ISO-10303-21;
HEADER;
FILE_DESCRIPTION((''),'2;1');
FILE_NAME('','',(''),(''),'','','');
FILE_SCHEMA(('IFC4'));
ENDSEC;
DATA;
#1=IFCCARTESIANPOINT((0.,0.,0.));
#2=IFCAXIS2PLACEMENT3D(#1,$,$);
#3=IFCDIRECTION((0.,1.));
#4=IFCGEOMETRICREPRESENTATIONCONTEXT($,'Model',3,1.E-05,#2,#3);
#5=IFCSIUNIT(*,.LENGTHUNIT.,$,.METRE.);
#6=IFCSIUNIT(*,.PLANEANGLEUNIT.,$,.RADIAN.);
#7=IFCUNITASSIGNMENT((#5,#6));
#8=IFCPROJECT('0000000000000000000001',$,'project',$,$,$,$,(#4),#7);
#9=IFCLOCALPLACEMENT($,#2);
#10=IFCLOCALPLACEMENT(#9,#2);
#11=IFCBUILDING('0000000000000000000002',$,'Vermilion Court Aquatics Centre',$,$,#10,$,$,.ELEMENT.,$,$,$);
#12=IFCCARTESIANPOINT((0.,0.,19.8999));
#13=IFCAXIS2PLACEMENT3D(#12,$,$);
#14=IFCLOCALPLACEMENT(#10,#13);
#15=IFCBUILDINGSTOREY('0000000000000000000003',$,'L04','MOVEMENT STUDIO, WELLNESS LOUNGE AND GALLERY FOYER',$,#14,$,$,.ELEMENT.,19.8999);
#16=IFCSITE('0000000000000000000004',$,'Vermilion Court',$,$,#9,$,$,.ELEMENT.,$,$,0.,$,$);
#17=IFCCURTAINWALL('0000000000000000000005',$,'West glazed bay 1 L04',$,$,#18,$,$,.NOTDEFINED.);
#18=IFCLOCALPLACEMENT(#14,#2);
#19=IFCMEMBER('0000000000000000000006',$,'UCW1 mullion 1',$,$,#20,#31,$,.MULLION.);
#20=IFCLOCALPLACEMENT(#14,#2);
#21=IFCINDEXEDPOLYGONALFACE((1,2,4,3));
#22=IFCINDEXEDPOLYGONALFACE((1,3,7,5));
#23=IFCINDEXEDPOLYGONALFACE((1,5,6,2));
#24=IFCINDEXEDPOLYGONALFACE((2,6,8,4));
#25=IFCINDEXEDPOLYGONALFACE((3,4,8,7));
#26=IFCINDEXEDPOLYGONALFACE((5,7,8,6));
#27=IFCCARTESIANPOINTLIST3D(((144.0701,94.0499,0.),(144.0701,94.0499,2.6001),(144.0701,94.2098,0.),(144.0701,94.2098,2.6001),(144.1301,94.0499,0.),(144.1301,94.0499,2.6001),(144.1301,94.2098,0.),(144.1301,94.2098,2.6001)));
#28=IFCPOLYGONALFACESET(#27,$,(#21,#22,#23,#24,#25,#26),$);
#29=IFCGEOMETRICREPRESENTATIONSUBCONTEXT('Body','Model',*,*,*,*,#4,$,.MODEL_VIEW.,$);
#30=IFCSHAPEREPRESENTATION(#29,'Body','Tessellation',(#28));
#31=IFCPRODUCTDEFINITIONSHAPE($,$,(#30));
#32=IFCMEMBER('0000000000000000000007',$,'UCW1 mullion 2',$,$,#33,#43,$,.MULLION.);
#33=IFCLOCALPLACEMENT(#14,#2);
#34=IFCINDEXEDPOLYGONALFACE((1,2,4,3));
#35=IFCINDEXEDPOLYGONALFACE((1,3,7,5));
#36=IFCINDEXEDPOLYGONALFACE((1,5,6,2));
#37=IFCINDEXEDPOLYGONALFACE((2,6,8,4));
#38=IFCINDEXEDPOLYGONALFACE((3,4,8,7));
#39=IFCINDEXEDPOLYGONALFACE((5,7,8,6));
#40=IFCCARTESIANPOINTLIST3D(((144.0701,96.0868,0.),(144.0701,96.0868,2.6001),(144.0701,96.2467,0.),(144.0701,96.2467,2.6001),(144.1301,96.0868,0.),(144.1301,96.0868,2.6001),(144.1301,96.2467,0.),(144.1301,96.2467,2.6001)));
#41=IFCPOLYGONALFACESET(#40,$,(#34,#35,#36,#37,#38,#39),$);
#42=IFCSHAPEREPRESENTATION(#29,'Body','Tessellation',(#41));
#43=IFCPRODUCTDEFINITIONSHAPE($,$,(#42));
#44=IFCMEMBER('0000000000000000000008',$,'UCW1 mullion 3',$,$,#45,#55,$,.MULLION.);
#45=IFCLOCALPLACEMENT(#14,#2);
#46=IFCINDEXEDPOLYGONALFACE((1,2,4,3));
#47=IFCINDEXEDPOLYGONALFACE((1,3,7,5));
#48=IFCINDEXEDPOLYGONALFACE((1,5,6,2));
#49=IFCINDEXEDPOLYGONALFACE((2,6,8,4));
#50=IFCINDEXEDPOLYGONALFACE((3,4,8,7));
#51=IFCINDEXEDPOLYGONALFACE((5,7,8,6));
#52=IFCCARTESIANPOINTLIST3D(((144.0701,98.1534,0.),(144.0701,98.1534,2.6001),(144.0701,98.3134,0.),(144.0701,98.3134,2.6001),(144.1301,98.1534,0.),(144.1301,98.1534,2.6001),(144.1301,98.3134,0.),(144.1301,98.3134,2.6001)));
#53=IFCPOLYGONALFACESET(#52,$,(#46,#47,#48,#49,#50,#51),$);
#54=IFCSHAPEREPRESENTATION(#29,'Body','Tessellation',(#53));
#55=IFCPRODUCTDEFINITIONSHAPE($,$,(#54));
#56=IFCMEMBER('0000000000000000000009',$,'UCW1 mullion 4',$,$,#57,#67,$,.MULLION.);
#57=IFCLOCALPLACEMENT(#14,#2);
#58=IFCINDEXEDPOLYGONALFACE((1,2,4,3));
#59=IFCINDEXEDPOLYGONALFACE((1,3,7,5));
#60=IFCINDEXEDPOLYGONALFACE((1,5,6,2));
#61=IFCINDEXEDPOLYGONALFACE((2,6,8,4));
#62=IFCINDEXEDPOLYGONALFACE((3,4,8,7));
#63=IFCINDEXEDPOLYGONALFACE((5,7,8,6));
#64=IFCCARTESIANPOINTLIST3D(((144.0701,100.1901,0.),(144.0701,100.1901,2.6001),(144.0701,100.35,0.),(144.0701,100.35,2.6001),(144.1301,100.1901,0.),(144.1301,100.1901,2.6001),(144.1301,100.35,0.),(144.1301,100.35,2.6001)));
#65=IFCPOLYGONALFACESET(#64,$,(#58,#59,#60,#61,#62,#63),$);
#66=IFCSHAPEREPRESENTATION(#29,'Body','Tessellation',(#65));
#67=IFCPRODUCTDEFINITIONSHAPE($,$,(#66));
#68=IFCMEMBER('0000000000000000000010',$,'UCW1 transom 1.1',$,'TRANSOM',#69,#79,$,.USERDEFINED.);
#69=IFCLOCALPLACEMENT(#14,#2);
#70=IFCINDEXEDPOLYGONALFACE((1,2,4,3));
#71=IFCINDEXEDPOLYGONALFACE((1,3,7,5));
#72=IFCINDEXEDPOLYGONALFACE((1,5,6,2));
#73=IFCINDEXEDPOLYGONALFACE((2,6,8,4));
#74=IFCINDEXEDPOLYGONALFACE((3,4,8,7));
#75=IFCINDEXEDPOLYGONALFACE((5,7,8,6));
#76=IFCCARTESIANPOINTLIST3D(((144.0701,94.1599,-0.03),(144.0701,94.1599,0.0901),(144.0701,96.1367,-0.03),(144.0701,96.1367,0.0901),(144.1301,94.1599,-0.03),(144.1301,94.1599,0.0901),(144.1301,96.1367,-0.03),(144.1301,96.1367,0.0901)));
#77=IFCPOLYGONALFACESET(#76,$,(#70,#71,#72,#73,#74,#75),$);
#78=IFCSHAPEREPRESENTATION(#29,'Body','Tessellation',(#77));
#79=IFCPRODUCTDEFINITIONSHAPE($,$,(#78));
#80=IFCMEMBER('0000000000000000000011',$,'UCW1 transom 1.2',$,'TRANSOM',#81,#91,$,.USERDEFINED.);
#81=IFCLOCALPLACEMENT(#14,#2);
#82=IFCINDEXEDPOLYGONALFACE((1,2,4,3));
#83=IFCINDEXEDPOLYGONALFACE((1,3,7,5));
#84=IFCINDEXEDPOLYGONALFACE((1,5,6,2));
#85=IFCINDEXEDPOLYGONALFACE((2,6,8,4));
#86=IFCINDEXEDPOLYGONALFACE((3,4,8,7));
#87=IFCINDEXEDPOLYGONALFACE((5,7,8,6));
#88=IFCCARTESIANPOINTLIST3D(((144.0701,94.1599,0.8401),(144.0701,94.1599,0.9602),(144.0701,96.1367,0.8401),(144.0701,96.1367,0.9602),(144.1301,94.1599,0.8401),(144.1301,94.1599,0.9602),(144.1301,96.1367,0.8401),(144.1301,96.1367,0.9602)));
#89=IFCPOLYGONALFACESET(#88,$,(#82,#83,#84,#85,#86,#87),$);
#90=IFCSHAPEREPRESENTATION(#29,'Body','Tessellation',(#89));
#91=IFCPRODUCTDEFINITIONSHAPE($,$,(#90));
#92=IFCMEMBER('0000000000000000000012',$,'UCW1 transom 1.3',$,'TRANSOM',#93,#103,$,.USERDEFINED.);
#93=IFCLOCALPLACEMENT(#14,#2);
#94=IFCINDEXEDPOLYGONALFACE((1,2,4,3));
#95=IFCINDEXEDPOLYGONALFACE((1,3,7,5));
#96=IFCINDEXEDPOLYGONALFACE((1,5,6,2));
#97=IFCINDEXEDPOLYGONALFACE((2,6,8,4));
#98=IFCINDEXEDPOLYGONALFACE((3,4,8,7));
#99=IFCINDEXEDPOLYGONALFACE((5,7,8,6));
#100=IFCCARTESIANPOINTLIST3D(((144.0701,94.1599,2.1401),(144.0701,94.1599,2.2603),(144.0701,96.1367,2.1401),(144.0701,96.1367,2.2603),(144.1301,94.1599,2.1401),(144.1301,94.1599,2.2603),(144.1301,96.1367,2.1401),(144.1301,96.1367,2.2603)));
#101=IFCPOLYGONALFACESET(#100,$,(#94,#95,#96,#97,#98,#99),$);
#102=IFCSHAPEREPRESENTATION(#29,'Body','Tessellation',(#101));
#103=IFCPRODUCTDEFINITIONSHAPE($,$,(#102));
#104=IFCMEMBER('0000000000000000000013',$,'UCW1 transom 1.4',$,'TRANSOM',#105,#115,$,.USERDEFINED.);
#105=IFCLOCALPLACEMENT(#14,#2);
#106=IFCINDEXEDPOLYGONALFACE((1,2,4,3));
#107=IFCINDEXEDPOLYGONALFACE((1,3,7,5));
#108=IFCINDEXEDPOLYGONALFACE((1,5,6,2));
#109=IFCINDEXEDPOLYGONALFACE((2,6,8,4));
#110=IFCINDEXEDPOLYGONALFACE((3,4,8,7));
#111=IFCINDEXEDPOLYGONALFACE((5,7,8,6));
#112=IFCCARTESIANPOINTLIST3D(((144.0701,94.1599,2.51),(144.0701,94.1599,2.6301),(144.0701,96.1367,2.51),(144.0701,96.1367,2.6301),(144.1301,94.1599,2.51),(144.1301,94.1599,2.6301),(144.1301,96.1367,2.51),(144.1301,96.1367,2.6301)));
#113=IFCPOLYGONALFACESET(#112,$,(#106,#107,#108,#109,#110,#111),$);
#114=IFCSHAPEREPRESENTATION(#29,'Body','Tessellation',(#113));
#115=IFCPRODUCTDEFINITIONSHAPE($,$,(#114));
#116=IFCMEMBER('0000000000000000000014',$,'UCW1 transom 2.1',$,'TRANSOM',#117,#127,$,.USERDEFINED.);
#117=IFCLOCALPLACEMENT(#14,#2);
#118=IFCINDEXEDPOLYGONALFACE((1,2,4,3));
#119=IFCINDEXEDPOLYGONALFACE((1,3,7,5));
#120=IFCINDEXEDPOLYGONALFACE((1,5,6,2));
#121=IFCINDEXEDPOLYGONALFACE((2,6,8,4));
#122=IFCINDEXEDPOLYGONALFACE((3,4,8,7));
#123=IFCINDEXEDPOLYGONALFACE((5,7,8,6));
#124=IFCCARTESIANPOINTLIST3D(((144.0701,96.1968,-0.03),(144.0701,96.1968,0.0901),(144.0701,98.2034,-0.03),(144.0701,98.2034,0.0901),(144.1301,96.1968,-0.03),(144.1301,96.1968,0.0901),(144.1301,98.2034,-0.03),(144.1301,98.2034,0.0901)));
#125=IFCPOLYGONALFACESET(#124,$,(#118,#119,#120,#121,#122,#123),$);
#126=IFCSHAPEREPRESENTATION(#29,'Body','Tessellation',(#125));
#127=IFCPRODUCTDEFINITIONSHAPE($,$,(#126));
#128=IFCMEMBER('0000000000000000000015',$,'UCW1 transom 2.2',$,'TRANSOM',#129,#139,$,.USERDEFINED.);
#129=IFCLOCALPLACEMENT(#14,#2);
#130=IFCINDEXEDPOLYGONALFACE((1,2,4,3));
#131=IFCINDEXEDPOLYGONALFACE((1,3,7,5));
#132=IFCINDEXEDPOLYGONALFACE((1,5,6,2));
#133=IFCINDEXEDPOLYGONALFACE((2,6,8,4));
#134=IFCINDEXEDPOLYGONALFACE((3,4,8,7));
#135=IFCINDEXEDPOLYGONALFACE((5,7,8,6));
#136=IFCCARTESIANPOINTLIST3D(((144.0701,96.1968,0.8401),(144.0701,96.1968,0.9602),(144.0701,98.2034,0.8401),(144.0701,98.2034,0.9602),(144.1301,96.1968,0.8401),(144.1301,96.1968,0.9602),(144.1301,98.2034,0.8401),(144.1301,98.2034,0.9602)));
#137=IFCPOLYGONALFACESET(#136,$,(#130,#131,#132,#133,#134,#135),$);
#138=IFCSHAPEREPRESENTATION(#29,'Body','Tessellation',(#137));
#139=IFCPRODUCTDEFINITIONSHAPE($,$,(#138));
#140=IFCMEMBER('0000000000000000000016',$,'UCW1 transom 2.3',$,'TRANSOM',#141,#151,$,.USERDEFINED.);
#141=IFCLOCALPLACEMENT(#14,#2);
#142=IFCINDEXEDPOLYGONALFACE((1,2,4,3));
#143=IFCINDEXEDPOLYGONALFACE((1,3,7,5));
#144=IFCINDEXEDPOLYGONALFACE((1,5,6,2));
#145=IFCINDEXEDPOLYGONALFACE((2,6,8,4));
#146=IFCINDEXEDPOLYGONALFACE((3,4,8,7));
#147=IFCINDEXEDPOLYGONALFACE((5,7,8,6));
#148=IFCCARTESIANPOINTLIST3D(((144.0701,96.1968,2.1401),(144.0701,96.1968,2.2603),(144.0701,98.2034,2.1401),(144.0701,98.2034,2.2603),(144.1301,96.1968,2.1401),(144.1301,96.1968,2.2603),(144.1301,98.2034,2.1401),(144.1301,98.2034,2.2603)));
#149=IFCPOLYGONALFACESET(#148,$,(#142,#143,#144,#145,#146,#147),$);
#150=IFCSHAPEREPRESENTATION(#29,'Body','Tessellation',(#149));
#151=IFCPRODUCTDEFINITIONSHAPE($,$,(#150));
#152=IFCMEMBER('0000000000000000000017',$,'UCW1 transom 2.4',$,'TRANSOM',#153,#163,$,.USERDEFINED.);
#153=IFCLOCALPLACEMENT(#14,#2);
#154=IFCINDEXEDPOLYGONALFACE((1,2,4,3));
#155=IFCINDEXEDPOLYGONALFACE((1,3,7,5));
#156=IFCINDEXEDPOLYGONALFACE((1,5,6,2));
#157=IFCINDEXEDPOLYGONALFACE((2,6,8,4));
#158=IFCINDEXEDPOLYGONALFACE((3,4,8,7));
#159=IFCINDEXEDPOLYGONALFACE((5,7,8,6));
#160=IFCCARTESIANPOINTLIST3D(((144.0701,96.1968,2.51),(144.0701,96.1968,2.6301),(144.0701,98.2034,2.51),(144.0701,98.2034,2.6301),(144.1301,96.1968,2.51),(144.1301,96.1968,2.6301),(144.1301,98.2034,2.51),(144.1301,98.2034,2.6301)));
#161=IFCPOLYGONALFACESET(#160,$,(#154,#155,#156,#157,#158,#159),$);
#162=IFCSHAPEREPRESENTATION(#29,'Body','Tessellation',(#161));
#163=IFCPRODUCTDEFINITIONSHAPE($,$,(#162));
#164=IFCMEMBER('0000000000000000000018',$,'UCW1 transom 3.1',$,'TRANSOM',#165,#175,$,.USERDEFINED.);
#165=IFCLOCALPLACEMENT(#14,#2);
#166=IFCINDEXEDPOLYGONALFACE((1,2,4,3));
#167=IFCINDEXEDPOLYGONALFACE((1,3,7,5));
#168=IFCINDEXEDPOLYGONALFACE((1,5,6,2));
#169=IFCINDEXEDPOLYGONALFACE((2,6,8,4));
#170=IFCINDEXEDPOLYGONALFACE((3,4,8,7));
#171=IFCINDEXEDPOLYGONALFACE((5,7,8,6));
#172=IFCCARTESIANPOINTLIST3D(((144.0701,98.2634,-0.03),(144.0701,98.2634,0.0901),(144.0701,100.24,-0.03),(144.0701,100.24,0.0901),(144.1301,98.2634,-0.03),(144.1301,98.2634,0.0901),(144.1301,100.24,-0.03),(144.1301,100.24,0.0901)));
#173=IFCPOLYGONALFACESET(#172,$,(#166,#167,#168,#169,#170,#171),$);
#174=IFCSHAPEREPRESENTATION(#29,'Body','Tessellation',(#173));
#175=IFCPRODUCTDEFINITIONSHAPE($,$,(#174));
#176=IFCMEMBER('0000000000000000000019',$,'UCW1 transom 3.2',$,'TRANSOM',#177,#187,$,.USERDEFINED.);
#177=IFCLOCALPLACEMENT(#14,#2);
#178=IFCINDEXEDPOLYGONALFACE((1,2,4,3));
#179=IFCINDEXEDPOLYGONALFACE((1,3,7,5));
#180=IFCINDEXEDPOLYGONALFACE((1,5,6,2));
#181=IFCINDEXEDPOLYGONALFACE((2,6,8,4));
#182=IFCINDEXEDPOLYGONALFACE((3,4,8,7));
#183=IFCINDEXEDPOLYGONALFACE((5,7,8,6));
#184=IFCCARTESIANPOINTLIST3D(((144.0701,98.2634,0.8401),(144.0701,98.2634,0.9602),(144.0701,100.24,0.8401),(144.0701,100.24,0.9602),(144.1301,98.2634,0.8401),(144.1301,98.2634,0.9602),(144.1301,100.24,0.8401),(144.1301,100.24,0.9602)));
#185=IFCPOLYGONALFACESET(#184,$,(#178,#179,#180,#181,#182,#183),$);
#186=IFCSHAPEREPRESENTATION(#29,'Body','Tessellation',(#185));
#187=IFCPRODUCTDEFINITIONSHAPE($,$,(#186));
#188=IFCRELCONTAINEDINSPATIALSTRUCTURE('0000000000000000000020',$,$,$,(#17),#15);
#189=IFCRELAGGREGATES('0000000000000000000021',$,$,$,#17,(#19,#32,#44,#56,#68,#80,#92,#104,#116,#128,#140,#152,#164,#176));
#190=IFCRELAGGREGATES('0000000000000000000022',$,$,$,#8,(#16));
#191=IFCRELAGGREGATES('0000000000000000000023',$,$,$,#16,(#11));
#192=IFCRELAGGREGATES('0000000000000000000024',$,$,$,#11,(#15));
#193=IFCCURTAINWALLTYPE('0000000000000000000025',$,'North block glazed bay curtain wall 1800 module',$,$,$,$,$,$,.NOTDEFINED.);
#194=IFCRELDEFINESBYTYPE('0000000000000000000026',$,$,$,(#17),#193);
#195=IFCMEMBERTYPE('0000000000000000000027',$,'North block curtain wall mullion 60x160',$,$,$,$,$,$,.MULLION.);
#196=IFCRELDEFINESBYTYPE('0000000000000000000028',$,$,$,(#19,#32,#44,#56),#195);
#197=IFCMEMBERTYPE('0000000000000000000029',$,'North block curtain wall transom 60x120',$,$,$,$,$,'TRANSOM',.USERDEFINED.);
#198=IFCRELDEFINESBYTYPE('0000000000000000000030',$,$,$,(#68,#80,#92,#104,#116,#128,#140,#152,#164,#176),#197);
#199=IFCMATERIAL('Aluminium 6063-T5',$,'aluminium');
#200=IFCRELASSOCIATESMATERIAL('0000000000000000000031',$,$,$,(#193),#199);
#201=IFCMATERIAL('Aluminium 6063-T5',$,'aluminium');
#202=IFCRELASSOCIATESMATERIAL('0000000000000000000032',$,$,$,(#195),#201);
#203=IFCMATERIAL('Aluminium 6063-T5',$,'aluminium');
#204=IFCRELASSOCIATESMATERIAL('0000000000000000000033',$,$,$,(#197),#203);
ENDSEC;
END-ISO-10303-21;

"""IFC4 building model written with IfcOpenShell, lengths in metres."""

from ifc_helpers import new_model, si_unit, direction, frame, origin, origin_2d, place, context, subcontext, project, spatial, rectangle, extrude, material, material_profile, profile_set, type_object, element, aggregate, save


model = new_model("IFC4")

# Units and contexts
model_context = context("Model", 3, precision=1e-05, world=origin(), true_north=direction((0.0, 1.0)))
body_context = subcontext(model_context, "Body", "Model", "MODEL_VIEW")
ifc_project = project(units=[si_unit("LENGTHUNIT", "METRE"), si_unit("PLANEANGLEUNIT", "RADIAN")], contexts=[model_context])

# Site, building, storey
site_placement = place(None, origin())
site = spatial("IfcSite", under=ifc_project, at=site_placement, Name="Vermilion Court", CompositionType="ELEMENT", RefElevation=0.0)
building_placement = place(site_placement, origin())
building = spatial("IfcBuilding", under=site, at=building_placement, Name="Vermilion Court Aquatics Centre", CompositionType="ELEMENT")
storey_placement = place(building_placement, frame((0.0, 0.0, 19.8999)))
storey = spatial("IfcBuildingStorey", under=building, at=storey_placement, Name="L04", Description="MOVEMENT STUDIO, WELLNESS LOUNGE AND GALLERY FOYER", CompositionType="ELEMENT", Elevation=19.8999)

# Curtain wall, members
ifc_material_1 = material(Name="Aluminium 6063-T5", Category="aluminium")
curtain_wall_type = type_object("IfcCurtainWallType", Name="North block glazed bay curtain wall 1800 module", PredefinedType="NOTDEFINED", material=ifc_material_1)
curtain_wall_placement = place(storey_placement, origin())
curtain_wall = element("IfcCurtainWall", 1, at=curtain_wall_placement, inside=storey, type_object=curtain_wall_type, Name="West glazed bay 1 L04", PredefinedType="NOTDEFINED")
ifc_material_2 = material(Name="Aluminium 6063-T5", Category="aluminium")
ifc_material_profile_1 = material_profile(ifc_material_2, rectangle(XDim=0.0601, YDim=0.1599, at=origin_2d()), Name="AL 60x160")
ifc_profile_set_1 = profile_set([ifc_material_profile_1], Name="Aluminium 6063-T5")
member_type_1 = type_object("IfcMemberType", Name="North block curtain wall mullion 60x160", PredefinedType="MULLION", material=ifc_profile_set_1)
member_1_placement = place(storey_placement, frame((144.1001, 94.1299, 0.0), z_axis=(0.0, 0.0, 1.0), x_axis=(-1.0, 0.0, 0.0)))
member_1 = element("IfcMember", 2, at=member_1_placement, type_object=member_type_1, Name="UCW1 mullion 1", PredefinedType="MULLION", context=body_context, shape_type="SweptSolid", body=[
    extrude(rectangle(XDim=0.0601, YDim=0.1599, at=origin_2d()), origin(), (0.0, 0.0, 1.0), 2.6001),
])
member_2_placement = place(storey_placement, frame((144.1001, 96.1667, 0.0), z_axis=(0.0, 0.0, 1.0), x_axis=(-1.0, 0.0, 0.0)))
member_2 = element("IfcMember", 3, at=member_2_placement, type_object=member_type_1, Name="UCW1 mullion 2", PredefinedType="MULLION", context=body_context, shape_type="SweptSolid", body=[
    extrude(rectangle(XDim=0.0601, YDim=0.1599, at=origin_2d()), origin(), (0.0, 0.0, 1.0), 2.6001),
])
member_3_placement = place(storey_placement, frame((144.1001, 98.2334, 0.0), z_axis=(0.0, 0.0, 1.0), x_axis=(-1.0, 0.0, 0.0)))
member_3 = element("IfcMember", 4, at=member_3_placement, type_object=member_type_1, Name="UCW1 mullion 3", PredefinedType="MULLION", context=body_context, shape_type="SweptSolid", body=[
    extrude(rectangle(XDim=0.0601, YDim=0.1599, at=origin_2d()), origin(), (0.0, 0.0, 1.0), 2.6001),
])
member_4_placement = place(storey_placement, frame((144.1001, 100.27, 0.0), z_axis=(0.0, 0.0, 1.0), x_axis=(-1.0, 0.0, 0.0)))
member_4 = element("IfcMember", 5, at=member_4_placement, type_object=member_type_1, Name="UCW1 mullion 4", PredefinedType="MULLION", context=body_context, shape_type="SweptSolid", body=[
    extrude(rectangle(XDim=0.0601, YDim=0.1599, at=origin_2d()), origin(), (0.0, 0.0, 1.0), 2.6001),
])
ifc_material_3 = material(Name="Aluminium 6063-T5", Category="aluminium")
ifc_material_profile_2 = material_profile(ifc_material_3, rectangle(XDim=0.0601, YDim=0.1201, at=origin_2d()), Name="AL 60x120")
ifc_profile_set_2 = profile_set([ifc_material_profile_2], Name="Aluminium 6063-T5")
member_type_2 = type_object("IfcMemberType", Name="North block curtain wall transom 60x120", ElementType="TRANSOM", PredefinedType="USERDEFINED", material=ifc_profile_set_2)
member_5_placement = place(storey_placement, frame((144.1001, 94.1599, 0.03), z_axis=(0.0, 1.0, 0.0), x_axis=(-1.0, 0.0, 0.0)))
member_5 = element("IfcMember", 6, at=member_5_placement, type_object=member_type_2, Name="UCW1 transom 1.1", ObjectType="TRANSOM", PredefinedType="USERDEFINED", context=body_context, shape_type="SweptSolid", body=[
    extrude(rectangle(XDim=0.0601, YDim=0.1201, at=origin_2d()), origin(), (0.0, 0.0, 1.0), 1.9768),
])
member_6_placement = place(storey_placement, frame((144.1001, 94.1599, 0.9001), z_axis=(0.0, 1.0, 0.0), x_axis=(-1.0, 0.0, 0.0)))
member_6 = element("IfcMember", 7, at=member_6_placement, type_object=member_type_2, Name="UCW1 transom 1.2", ObjectType="TRANSOM", PredefinedType="USERDEFINED", context=body_context, shape_type="SweptSolid", body=[
    extrude(rectangle(XDim=0.0601, YDim=0.1201, at=origin_2d()), origin(), (0.0, 0.0, 1.0), 1.9768),
])
member_7_placement = place(storey_placement, frame((144.1001, 94.1599, 2.2002), z_axis=(0.0, 1.0, 0.0), x_axis=(-1.0, 0.0, 0.0)))
member_7 = element("IfcMember", 8, at=member_7_placement, type_object=member_type_2, Name="UCW1 transom 1.3", ObjectType="TRANSOM", PredefinedType="USERDEFINED", context=body_context, shape_type="SweptSolid", body=[
    extrude(rectangle(XDim=0.0601, YDim=0.1201, at=origin_2d()), origin(), (0.0, 0.0, 1.0), 1.9768),
])
member_8_placement = place(storey_placement, frame((144.1001, 94.1599, 2.5701), z_axis=(0.0, 1.0, 0.0), x_axis=(-1.0, 0.0, 0.0)))
member_8 = element("IfcMember", 9, at=member_8_placement, type_object=member_type_2, Name="UCW1 transom 1.4", ObjectType="TRANSOM", PredefinedType="USERDEFINED", context=body_context, shape_type="SweptSolid", body=[
    extrude(rectangle(XDim=0.0601, YDim=0.1201, at=origin_2d()), origin(), (0.0, 0.0, 1.0), 1.9768),
])
member_9_placement = place(storey_placement, frame((144.1001, 96.1968, 0.03), z_axis=(0.0, 1.0, 0.0), x_axis=(-1.0, 0.0, 0.0)))
member_9 = element("IfcMember", 10, at=member_9_placement, type_object=member_type_2, Name="UCW1 transom 2.1", ObjectType="TRANSOM", PredefinedType="USERDEFINED", context=body_context, shape_type="SweptSolid", body=[
    extrude(rectangle(XDim=0.0601, YDim=0.1201, at=origin_2d()), origin(), (0.0, 0.0, 1.0), 2.0066),
])
member_10_placement = place(storey_placement, frame((144.1001, 96.1968, 0.9001), z_axis=(0.0, 1.0, 0.0), x_axis=(-1.0, 0.0, 0.0)))
member_10 = element("IfcMember", 11, at=member_10_placement, type_object=member_type_2, Name="UCW1 transom 2.2", ObjectType="TRANSOM", PredefinedType="USERDEFINED", context=body_context, shape_type="SweptSolid", body=[
    extrude(rectangle(XDim=0.0601, YDim=0.1201, at=origin_2d()), origin(), (0.0, 0.0, 1.0), 2.0066),
])
member_11_placement = place(storey_placement, frame((144.1001, 96.1968, 2.2002), z_axis=(0.0, 1.0, 0.0), x_axis=(-1.0, 0.0, 0.0)))
member_11 = element("IfcMember", 12, at=member_11_placement, type_object=member_type_2, Name="UCW1 transom 2.3", ObjectType="TRANSOM", PredefinedType="USERDEFINED", context=body_context, shape_type="SweptSolid", body=[
    extrude(rectangle(XDim=0.0601, YDim=0.1201, at=origin_2d()), origin(), (0.0, 0.0, 1.0), 2.0066),
])
member_12_placement = place(storey_placement, frame((144.1001, 96.1968, 2.5701), z_axis=(0.0, 1.0, 0.0), x_axis=(-1.0, 0.0, 0.0)))
member_12 = element("IfcMember", 13, at=member_12_placement, type_object=member_type_2, Name="UCW1 transom 2.4", ObjectType="TRANSOM", PredefinedType="USERDEFINED", context=body_context, shape_type="SweptSolid", body=[
    extrude(rectangle(XDim=0.0601, YDim=0.1201, at=origin_2d()), origin(), (0.0, 0.0, 1.0), 2.0066),
])
member_13_placement = place(storey_placement, frame((144.1001, 98.2634, 0.03), z_axis=(0.0, 1.0, 0.0), x_axis=(-1.0, 0.0, 0.0)))
member_13 = element("IfcMember", 14, at=member_13_placement, type_object=member_type_2, Name="UCW1 transom 3.1", ObjectType="TRANSOM", PredefinedType="USERDEFINED", context=body_context, shape_type="SweptSolid", body=[
    extrude(rectangle(XDim=0.0601, YDim=0.1201, at=origin_2d()), origin(), (0.0, 0.0, 1.0), 1.9766),
])
member_14_placement = place(storey_placement, frame((144.1001, 98.2634, 0.9001), z_axis=(0.0, 1.0, 0.0), x_axis=(-1.0, 0.0, 0.0)))
member_14 = element("IfcMember", 15, at=member_14_placement, type_object=member_type_2, Name="UCW1 transom 3.2", ObjectType="TRANSOM", PredefinedType="USERDEFINED", context=body_context, shape_type="SweptSolid", body=[
    extrude(rectangle(XDim=0.0601, YDim=0.1201, at=origin_2d()), origin(), (0.0, 0.0, 1.0), 1.9766),
])
aggregate(curtain_wall, [member_1, member_2, member_3, member_4, member_5, member_6, member_7, member_8, member_9, member_10, member_11, member_12, member_13, member_14])

save(model, "model.ifc")
